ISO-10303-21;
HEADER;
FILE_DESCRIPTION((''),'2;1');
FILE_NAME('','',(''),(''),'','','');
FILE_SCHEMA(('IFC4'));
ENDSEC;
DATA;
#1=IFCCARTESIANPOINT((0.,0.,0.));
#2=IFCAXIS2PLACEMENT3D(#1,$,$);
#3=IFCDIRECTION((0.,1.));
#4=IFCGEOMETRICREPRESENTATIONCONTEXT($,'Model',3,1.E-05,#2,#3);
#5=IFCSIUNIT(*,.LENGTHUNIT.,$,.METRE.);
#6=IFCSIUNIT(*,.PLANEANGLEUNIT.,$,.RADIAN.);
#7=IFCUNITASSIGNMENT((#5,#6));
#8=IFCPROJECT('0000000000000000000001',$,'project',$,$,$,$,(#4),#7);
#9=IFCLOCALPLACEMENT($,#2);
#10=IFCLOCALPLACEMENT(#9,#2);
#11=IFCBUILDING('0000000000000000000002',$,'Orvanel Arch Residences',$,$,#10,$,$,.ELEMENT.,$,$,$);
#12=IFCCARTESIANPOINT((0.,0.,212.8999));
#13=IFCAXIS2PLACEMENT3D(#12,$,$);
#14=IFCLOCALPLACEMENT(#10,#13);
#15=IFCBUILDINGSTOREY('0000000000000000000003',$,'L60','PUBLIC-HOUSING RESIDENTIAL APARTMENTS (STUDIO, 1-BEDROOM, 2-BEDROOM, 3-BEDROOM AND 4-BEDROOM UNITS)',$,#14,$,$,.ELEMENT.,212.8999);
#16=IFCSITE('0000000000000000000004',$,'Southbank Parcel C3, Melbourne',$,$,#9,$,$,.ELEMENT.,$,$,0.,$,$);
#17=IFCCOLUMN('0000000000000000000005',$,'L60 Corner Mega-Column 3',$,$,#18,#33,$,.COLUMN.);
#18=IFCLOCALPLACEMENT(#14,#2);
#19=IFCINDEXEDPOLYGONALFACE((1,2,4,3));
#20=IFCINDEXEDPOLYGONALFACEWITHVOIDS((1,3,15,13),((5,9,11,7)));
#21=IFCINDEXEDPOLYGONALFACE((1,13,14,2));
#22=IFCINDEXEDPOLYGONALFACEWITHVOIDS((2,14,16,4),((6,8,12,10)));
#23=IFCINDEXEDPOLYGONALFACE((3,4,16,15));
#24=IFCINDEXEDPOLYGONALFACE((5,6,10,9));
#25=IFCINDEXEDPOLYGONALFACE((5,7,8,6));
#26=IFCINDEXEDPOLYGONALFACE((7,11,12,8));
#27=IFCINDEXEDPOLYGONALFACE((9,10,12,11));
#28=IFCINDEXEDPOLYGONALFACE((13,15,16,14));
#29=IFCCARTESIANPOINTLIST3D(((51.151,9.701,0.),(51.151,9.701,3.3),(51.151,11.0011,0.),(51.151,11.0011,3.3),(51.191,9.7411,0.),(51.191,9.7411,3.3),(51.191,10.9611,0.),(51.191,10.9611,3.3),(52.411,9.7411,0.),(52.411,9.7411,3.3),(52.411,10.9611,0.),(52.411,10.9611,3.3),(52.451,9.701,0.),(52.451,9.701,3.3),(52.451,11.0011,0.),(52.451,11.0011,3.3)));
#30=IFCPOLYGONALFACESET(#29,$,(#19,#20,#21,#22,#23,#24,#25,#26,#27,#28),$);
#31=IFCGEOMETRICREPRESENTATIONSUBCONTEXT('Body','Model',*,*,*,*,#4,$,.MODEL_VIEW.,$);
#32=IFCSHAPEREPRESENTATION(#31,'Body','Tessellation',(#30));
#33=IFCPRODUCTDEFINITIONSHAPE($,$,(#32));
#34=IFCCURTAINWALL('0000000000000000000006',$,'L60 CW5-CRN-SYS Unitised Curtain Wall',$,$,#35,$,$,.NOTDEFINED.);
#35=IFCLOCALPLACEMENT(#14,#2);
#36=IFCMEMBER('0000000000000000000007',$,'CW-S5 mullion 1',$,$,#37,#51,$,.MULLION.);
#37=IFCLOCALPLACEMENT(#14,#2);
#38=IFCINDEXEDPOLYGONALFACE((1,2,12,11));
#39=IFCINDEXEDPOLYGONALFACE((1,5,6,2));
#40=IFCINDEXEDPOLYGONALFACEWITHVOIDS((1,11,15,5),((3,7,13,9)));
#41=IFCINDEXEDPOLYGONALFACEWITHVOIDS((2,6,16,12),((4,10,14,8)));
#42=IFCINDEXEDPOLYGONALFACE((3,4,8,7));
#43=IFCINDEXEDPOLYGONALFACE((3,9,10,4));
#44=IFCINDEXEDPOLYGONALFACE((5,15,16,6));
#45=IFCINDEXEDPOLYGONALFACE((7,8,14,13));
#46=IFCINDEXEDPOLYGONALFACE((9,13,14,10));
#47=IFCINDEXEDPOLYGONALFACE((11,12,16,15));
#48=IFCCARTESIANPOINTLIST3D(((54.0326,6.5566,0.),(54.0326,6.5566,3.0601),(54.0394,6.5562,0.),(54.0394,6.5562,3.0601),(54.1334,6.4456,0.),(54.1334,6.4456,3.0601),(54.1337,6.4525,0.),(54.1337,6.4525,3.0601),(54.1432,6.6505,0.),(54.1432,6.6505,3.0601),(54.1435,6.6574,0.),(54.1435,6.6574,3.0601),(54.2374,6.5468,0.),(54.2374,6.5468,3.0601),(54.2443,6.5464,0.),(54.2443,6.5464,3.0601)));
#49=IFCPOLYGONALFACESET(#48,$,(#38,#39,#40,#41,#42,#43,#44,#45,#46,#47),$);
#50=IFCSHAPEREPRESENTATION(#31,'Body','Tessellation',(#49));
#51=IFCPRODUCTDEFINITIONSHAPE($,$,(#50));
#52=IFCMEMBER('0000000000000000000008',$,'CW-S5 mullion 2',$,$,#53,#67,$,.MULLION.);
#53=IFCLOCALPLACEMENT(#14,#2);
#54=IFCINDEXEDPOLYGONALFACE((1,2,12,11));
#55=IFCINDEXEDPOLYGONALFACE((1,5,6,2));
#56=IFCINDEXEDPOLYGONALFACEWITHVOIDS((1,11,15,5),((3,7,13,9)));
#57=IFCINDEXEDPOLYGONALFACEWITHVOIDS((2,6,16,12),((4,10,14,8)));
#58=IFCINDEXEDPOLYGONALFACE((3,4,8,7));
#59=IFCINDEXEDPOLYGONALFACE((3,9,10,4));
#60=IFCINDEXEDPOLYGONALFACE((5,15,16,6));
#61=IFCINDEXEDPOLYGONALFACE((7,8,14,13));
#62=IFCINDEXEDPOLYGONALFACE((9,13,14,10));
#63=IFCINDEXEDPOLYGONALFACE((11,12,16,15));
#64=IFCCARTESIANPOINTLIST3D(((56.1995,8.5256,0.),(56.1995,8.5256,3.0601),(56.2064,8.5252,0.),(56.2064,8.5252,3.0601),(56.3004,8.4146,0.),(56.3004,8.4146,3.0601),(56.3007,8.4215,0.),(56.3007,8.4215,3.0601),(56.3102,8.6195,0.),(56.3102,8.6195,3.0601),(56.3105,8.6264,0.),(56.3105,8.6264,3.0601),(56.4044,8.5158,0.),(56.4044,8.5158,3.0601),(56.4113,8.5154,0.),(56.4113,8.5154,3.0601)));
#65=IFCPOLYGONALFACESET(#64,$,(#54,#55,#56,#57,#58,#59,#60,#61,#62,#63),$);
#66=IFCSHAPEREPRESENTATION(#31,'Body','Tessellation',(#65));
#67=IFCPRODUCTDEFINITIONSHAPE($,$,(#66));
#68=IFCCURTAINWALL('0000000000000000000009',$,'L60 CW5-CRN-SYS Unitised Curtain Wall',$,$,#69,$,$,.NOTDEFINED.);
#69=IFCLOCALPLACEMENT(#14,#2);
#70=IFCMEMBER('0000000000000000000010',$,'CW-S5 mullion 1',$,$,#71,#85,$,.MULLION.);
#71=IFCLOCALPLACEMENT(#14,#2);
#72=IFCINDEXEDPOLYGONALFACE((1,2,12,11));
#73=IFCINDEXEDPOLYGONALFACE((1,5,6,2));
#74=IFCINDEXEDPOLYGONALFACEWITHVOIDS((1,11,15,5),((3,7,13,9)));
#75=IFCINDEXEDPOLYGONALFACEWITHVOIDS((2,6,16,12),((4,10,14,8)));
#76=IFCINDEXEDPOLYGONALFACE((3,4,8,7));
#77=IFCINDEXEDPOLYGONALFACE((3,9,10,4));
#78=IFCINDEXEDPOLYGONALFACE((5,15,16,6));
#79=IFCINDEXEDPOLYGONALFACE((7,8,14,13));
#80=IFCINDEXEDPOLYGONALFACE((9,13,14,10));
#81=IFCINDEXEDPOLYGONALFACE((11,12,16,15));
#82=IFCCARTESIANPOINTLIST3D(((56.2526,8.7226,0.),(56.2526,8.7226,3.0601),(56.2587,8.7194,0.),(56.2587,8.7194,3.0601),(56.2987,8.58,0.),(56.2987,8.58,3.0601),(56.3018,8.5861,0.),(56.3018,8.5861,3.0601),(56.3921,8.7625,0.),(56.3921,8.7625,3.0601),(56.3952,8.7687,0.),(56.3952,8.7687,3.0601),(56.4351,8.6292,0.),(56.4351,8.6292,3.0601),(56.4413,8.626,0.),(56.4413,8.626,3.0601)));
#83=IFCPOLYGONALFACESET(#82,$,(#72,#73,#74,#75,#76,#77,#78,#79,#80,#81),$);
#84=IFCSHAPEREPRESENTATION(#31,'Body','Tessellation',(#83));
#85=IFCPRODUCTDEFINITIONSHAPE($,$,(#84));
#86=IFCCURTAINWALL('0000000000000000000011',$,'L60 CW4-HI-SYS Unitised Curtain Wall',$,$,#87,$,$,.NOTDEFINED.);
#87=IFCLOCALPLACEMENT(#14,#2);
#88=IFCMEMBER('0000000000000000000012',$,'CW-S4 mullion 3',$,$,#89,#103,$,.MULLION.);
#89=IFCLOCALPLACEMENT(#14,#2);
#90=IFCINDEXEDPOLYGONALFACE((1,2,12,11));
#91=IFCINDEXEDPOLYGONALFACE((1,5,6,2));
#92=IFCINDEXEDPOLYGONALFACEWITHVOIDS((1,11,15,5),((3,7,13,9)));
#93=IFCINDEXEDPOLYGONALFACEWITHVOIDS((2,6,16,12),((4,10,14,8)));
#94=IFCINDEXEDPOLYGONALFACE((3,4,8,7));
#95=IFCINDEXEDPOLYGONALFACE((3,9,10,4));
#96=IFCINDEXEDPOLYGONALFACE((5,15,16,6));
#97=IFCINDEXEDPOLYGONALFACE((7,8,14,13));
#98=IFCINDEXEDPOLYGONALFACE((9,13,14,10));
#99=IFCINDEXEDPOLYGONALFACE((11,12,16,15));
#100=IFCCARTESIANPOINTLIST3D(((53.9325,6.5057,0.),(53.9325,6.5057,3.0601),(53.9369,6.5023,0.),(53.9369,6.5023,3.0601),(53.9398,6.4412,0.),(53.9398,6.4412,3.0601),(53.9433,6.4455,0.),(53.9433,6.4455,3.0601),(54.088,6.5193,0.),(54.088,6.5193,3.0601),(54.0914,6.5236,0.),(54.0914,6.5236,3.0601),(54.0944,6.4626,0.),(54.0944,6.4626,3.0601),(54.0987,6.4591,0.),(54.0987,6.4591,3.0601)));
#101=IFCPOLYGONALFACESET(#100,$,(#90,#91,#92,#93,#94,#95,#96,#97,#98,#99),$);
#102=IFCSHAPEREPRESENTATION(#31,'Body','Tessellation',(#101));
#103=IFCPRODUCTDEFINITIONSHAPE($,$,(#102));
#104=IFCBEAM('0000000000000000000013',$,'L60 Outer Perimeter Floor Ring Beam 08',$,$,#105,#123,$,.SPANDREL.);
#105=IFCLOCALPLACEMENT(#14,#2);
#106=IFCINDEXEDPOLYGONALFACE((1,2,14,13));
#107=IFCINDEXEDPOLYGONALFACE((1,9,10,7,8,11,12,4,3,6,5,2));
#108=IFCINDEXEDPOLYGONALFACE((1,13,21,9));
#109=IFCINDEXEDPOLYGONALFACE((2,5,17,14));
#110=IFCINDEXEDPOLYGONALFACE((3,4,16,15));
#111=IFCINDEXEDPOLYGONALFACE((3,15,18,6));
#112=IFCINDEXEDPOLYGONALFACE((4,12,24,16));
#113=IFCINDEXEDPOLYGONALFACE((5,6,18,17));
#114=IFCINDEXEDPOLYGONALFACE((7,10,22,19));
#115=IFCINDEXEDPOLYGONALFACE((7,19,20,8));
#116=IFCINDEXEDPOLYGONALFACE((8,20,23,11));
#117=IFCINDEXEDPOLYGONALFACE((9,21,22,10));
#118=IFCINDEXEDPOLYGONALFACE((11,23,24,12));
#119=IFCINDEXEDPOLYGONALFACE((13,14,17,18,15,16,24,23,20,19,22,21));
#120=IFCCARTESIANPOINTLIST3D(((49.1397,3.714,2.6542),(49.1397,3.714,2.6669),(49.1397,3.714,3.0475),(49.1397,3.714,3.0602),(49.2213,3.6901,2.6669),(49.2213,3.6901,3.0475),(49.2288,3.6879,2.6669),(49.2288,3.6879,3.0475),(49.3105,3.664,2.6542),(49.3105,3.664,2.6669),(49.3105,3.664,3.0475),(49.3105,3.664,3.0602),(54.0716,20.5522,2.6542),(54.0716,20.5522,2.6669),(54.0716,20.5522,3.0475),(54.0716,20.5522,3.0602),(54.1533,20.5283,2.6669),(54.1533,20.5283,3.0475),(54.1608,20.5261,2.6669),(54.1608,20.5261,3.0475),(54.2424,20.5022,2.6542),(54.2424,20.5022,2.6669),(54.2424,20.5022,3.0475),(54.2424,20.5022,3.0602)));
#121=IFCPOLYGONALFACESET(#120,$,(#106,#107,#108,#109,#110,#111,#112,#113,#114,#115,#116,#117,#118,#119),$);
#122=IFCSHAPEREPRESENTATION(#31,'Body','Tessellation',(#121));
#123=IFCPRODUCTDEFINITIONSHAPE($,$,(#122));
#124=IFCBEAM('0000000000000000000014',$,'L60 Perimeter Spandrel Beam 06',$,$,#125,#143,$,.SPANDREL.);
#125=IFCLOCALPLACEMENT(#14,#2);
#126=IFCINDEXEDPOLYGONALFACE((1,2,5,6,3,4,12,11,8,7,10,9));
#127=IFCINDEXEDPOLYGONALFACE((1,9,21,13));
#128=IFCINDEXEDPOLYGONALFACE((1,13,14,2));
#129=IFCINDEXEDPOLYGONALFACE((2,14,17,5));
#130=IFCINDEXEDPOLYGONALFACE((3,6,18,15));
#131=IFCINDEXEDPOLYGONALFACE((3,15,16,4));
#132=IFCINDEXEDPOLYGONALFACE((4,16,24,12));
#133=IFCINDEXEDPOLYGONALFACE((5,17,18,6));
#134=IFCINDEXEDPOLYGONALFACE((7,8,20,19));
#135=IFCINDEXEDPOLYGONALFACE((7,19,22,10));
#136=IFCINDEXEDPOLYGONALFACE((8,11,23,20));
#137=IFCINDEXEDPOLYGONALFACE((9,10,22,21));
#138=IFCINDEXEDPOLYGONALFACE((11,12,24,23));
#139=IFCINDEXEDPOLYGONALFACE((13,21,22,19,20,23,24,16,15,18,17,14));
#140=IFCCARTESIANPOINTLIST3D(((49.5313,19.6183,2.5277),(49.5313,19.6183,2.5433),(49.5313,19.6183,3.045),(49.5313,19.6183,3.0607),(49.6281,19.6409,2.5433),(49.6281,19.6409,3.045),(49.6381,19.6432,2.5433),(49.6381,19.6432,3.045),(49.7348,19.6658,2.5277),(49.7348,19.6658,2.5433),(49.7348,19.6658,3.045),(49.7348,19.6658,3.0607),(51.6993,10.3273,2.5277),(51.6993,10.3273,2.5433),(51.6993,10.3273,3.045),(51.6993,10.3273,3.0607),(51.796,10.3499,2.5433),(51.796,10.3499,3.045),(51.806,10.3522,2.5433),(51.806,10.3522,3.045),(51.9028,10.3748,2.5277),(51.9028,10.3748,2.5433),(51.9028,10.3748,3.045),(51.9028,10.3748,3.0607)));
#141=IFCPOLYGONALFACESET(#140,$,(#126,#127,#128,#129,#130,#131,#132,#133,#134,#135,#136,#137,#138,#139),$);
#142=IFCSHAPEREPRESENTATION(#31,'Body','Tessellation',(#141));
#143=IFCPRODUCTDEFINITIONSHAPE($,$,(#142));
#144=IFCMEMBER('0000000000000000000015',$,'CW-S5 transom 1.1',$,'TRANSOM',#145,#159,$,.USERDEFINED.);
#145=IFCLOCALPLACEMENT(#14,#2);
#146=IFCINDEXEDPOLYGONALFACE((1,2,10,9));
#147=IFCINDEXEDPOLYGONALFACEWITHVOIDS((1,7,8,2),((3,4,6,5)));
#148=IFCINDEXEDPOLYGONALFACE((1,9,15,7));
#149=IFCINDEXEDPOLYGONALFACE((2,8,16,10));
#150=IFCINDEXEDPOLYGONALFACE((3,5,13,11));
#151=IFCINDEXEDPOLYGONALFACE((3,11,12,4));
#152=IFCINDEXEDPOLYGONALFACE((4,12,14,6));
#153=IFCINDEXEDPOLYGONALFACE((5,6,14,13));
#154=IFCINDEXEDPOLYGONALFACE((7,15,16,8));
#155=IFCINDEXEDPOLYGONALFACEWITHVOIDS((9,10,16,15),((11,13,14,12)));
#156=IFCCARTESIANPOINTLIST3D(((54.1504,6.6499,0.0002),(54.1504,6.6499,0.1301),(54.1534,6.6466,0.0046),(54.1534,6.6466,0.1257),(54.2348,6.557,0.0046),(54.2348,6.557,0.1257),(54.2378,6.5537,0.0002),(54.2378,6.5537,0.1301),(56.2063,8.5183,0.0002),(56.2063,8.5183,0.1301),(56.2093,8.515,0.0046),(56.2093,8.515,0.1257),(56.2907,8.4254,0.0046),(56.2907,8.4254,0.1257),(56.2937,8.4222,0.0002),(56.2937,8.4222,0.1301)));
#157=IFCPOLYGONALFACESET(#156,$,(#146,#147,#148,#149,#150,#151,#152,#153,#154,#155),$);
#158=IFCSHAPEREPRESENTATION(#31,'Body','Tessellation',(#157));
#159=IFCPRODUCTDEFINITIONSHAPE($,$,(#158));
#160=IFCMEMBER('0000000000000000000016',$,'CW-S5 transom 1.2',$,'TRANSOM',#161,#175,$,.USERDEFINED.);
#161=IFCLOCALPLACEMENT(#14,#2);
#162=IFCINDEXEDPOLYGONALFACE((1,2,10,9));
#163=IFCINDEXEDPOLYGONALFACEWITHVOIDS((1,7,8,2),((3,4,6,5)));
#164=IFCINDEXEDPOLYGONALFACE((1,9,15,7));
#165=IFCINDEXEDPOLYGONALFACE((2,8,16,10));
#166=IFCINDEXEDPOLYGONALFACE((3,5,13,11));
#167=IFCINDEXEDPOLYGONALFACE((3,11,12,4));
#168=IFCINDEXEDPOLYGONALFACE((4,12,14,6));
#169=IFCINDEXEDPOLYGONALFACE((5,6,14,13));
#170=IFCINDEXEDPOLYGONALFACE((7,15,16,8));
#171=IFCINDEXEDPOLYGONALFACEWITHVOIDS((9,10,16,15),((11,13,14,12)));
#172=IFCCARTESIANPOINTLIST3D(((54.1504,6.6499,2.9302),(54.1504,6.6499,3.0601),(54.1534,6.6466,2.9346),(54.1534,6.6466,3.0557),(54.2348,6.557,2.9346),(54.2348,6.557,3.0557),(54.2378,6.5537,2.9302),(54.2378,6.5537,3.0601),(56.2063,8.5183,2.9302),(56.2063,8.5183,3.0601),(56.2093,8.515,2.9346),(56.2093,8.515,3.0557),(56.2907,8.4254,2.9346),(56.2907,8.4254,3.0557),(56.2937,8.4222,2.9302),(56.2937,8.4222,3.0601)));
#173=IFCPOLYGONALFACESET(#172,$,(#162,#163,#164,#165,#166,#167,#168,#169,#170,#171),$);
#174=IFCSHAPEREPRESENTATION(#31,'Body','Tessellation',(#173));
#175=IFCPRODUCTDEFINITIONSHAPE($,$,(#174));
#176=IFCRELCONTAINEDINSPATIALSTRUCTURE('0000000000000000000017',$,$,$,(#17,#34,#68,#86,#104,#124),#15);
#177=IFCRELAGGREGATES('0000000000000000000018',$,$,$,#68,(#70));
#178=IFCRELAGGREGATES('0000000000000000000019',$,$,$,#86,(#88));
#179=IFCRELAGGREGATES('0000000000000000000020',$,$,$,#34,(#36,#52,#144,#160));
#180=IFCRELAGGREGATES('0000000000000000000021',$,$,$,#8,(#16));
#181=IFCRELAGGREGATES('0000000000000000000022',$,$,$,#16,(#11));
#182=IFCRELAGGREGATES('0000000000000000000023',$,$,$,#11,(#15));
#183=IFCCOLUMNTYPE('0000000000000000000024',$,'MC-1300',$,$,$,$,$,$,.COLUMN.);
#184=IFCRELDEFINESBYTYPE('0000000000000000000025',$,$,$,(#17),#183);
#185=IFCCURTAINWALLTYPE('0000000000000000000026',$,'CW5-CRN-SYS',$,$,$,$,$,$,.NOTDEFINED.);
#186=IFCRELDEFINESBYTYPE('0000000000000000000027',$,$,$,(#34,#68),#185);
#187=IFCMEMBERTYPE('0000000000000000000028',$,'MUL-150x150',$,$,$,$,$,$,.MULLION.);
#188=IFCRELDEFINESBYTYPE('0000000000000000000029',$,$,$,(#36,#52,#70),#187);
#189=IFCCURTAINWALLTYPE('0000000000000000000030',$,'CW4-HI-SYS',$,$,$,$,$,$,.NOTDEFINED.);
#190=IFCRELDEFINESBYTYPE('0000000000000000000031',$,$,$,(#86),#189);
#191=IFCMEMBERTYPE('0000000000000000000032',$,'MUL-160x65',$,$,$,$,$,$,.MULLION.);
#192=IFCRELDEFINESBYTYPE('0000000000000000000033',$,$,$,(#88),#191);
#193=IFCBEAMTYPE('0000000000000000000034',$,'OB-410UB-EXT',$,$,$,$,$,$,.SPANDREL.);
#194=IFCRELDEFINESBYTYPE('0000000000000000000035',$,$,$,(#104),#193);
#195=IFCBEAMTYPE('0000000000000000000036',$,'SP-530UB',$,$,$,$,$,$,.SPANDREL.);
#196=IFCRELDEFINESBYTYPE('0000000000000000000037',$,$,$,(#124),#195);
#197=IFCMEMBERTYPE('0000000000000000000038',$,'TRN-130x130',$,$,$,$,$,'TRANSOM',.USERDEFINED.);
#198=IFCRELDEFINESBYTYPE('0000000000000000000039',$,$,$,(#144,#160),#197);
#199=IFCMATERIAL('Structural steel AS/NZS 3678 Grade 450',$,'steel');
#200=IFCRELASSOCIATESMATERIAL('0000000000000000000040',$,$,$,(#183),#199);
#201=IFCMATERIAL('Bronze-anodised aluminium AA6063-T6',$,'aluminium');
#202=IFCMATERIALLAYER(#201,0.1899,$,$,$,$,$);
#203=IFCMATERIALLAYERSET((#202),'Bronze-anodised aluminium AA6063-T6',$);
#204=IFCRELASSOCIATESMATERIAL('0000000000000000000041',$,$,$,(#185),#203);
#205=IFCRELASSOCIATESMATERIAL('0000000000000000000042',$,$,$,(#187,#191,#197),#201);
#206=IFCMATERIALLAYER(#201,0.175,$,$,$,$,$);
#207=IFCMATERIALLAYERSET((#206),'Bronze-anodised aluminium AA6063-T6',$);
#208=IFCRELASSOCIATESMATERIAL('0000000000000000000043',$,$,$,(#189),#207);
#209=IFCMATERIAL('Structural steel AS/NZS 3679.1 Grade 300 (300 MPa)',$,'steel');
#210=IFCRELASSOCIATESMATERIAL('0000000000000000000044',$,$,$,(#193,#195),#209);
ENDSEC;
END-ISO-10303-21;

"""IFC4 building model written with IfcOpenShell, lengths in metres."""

from ifc_helpers import new_model, si_unit, direction, frame, origin, origin_2d, place, context, subcontext, project, spatial, hollow_rectangle, i_section, extrude, material, layer, layer_set, material_profile, profile_set, type_object, element, aggregate, save


model = new_model("IFC4")

# Units and contexts
model_context = context("Model", 3, precision=1e-05, world=origin(), true_north=direction((0.0, 1.0)))
body_context = subcontext(model_context, "Body", "Model", "MODEL_VIEW")
ifc_project = project(units=[si_unit("LENGTHUNIT", "METRE"), si_unit("PLANEANGLEUNIT", "RADIAN")], contexts=[model_context])

# Site, building, storey
site_placement = place(None, origin())
site = spatial("IfcSite", under=ifc_project, at=site_placement, Name="Southbank Parcel C3, Melbourne", CompositionType="ELEMENT", RefElevation=0.0)
building_placement = place(site_placement, origin())
building = spatial("IfcBuilding", under=site, at=building_placement, Name="Orvanel Arch Residences", CompositionType="ELEMENT")
storey_placement = place(building_placement, frame((0.0, 0.0, 212.8999)))
storey = spatial("IfcBuildingStorey", under=building, at=storey_placement, Name="L60", Description="PUBLIC-HOUSING RESIDENTIAL APARTMENTS (STUDIO, 1-BEDROOM, 2-BEDROOM, 3-BEDROOM AND 4-BEDROOM UNITS)", CompositionType="ELEMENT", Elevation=212.8999)

# Column
ifc_material_1 = material(Name="Structural steel AS/NZS 3678 Grade 450", Category="steel")
ifc_material_profile_1 = material_profile(ifc_material_1, hollow_rectangle(XDim=1.3, YDim=1.3, WallThickness=0.04, at=origin_2d()), Name="BOX1300x1300x40")
ifc_profile_set_1 = profile_set([ifc_material_profile_1], Name="Structural steel AS/NZS 3678 Grade 450")
column_type = type_object("IfcColumnType", Name="MC-1300", PredefinedType="COLUMN", material=ifc_profile_set_1)
column_placement = place(storey_placement, frame((51.801, 10.3511, 0.0), z_axis=(0.0, 0.0, 1.0), x_axis=(1.0, 0.0, 0.0)))
element("IfcColumn", 1, at=column_placement, inside=storey, type_object=column_type, Name="L60 Corner Mega-Column 3", PredefinedType="COLUMN", context=body_context, shape_type="SweptSolid", body=[
    extrude(hollow_rectangle(XDim=1.3, YDim=1.3, WallThickness=0.04, at=origin_2d()), origin(), (0.0, 0.0, 1.0), 3.3),
])

# Curtain wall, members
ifc_material_2 = material(Name="Bronze-anodised aluminium AA6063-T6", Category="aluminium")
ifc_layer_1 = layer(ifc_material_2, 0.1899)
ifc_layer_set_1 = layer_set([ifc_layer_1], Name="Bronze-anodised aluminium AA6063-T6")
curtain_wall_type_1 = type_object("IfcCurtainWallType", Name="CW5-CRN-SYS", PredefinedType="NOTDEFINED", material=ifc_layer_set_1)
curtain_wall_1_placement = place(storey_placement, origin())
curtain_wall_1 = element("IfcCurtainWall", 2, at=curtain_wall_1_placement, inside=storey, type_object=curtain_wall_type_1, Name="L60 CW5-CRN-SYS Unitised Curtain Wall", PredefinedType="NOTDEFINED")
ifc_material_profile_2 = material_profile(ifc_material_2, hollow_rectangle(XDim=0.1499, YDim=0.1499, WallThickness=0.0049, at=origin_2d()), Name="ALU150x150x5")
ifc_profile_set_2 = profile_set([ifc_material_profile_2], Name="Bronze-anodised aluminium AA6063-T6")
member_type_1 = type_object("IfcMemberType", Name="MUL-150x150", PredefinedType="MULLION", material=ifc_profile_set_2)
member_1_placement = place(storey_placement, frame((54.1384, 6.5515, 0.0), z_axis=(0.0, 0.0, 1.0), x_axis=(-0.672511, 0.740087, 0.0)))
member_1 = element("IfcMember", 3, at=member_1_placement, type_object=member_type_1, Name="CW-S5 mullion 1", PredefinedType="MULLION", context=body_context, shape_type="SweptSolid", body=[
    extrude(hollow_rectangle(XDim=0.1499, YDim=0.1499, WallThickness=0.0049, at=origin_2d()), origin(), (0.0, 0.0, 1.0), 3.0601),
])
member_2_placement = place(storey_placement, frame((56.3054, 8.5205, 0.0), z_axis=(0.0, 0.0, 1.0), x_axis=(-0.672511, 0.740087, 0.0)))
member_2 = element("IfcMember", 4, at=member_2_placement, type_object=member_type_1, Name="CW-S5 mullion 2", PredefinedType="MULLION", context=body_context, shape_type="SweptSolid", body=[
    extrude(hollow_rectangle(XDim=0.1499, YDim=0.1499, WallThickness=0.0049, at=origin_2d()), origin(), (0.0, 0.0, 1.0), 3.0601),
])

# Curtain walls, members
curtain_wall_2_placement = place(storey_placement, origin())
curtain_wall_2 = element("IfcCurtainWall", 5, at=curtain_wall_2_placement, inside=storey, type_object=curtain_wall_type_1, Name="L60 CW5-CRN-SYS Unitised Curtain Wall", PredefinedType="NOTDEFINED")
member_3_placement = place(storey_placement, frame((56.3469, 8.6743, 0.0), z_axis=(0.0, 0.0, 1.0), x_axis=(-0.951553, -0.307484, 0.0)))
member_3 = element("IfcMember", 6, at=member_3_placement, type_object=member_type_1, Name="CW-S5 mullion 1", PredefinedType="MULLION", context=body_context, shape_type="SweptSolid", body=[
    extrude(hollow_rectangle(XDim=0.1499, YDim=0.1499, WallThickness=0.0049, at=origin_2d()), origin(), (0.0, 0.0, 1.0), 3.0601),
])
ifc_layer_2 = layer(ifc_material_2, 0.175)
ifc_layer_set_2 = layer_set([ifc_layer_2], Name="Bronze-anodised aluminium AA6063-T6")
curtain_wall_type_2 = type_object("IfcCurtainWallType", Name="CW4-HI-SYS", PredefinedType="NOTDEFINED", material=ifc_layer_set_2)
curtain_wall_3_placement = place(storey_placement, origin())
curtain_wall_3 = element("IfcCurtainWall", 7, at=curtain_wall_3_placement, inside=storey, type_object=curtain_wall_type_2, Name="L60 CW4-HI-SYS Unitised Curtain Wall", PredefinedType="NOTDEFINED")
ifc_material_profile_3 = material_profile(ifc_material_2, hollow_rectangle(XDim=0.0649, YDim=0.1599, WallThickness=0.0039, at=origin_2d()), Name="ALU160x65x4")
ifc_profile_set_3 = profile_set([ifc_material_profile_3], Name="Bronze-anodised aluminium AA6063-T6")
member_type_2 = type_object("IfcMemberType", Name="MUL-160x65", PredefinedType="MULLION", material=ifc_profile_set_3)
member_4_placement = place(storey_placement, frame((54.0156, 6.4824, 0.0), z_axis=(0.0, 0.0, 1.0), x_axis=(-0.112037, 0.993704, 0.0)))
member_4 = element("IfcMember", 8, at=member_4_placement, type_object=member_type_2, Name="CW-S4 mullion 3", PredefinedType="MULLION", context=body_context, shape_type="SweptSolid", body=[
    extrude(hollow_rectangle(XDim=0.0649, YDim=0.1599, WallThickness=0.0039, at=origin_2d()), origin(), (0.0, 0.0, 1.0), 3.0601),
])

# Beams
ifc_material_3 = material(Name="Structural steel AS/NZS 3679.1 Grade 300 (300 MPa)", Category="steel")
ifc_material_profile_4 = material_profile(ifc_material_3, i_section(OverallWidth=0.178, OverallDepth=0.406, WebThickness=0.0078, FlangeThickness=0.0127, at=origin_2d()), Name="410UB59.7")
ifc_profile_set_4 = profile_set([ifc_material_profile_4], Name="Structural steel AS/NZS 3679.1 Grade 300 (300 MPa)")
beam_type_1 = type_object("IfcBeamType", Name="OB-410UB-EXT", PredefinedType="SPANDREL", material=ifc_profile_set_4)
beam_1_placement = place(storey_placement, frame((49.2251, 3.689, 2.8572), z_axis=(0.28109, 0.959681, 0.0), x_axis=(-0.959681, 0.28109, 0.0)))
element("IfcBeam", 9, at=beam_1_placement, inside=storey, type_object=beam_type_1, Name="L60 Outer Perimeter Floor Ring Beam 08", PredefinedType="SPANDREL", context=body_context, shape_type="SweptSolid", body=[
    extrude(i_section(OverallWidth=0.178, OverallDepth=0.406, WebThickness=0.0078, FlangeThickness=0.0127, at=origin_2d()), origin(), (0.0, 0.0, 1.0), 17.5457),
])
ifc_material_profile_5 = material_profile(ifc_material_3, i_section(OverallWidth=0.209, OverallDepth=0.533, WebThickness=0.0103, FlangeThickness=0.0156, at=origin_2d()), Name="530UB92.4")
ifc_profile_set_5 = profile_set([ifc_material_profile_5], Name="Structural steel AS/NZS 3679.1 Grade 300 (300 MPa)")
beam_type_2 = type_object("IfcBeamType", Name="SP-530UB", PredefinedType="SPANDREL", material=ifc_profile_set_5)
beam_2_placement = place(storey_placement, frame((51.801, 10.3511, 2.7942), z_axis=(-0.227236, 0.97384, 0.0), x_axis=(-0.97384, -0.227236, 0.0)))
element("IfcBeam", 10, at=beam_2_placement, inside=storey, type_object=beam_type_2, Name="L60 Perimeter Spandrel Beam 06", PredefinedType="SPANDREL", context=body_context, shape_type="SweptSolid", body=[
    extrude(i_section(OverallWidth=0.209, OverallDepth=0.533, WebThickness=0.0103, FlangeThickness=0.0156, at=origin_2d()), origin(), (0.0, 0.0, 1.0), 9.5405),
])

# Members
ifc_material_profile_6 = material_profile(ifc_material_2, hollow_rectangle(XDim=0.1299, YDim=0.1299, WallThickness=0.0044, at=origin_2d()), Name="ALU130x130x4.5")
ifc_profile_set_6 = profile_set([ifc_material_profile_6], Name="Bronze-anodised aluminium AA6063-T6")
member_type_3 = type_object("IfcMemberType", Name="TRN-130x130", ElementType="TRANSOM", PredefinedType="USERDEFINED", material=ifc_profile_set_6)
member_5_placement = place(storey_placement, frame((54.1941, 6.6018, 0.0652), z_axis=(0.740047, 0.672555, 0.0), x_axis=(-0.672555, 0.740047, 0.0)))
member_5 = element("IfcMember", 11, at=member_5_placement, type_object=member_type_3, Name="CW-S5 transom 1.1", ObjectType="TRANSOM", PredefinedType="USERDEFINED", context=body_context, shape_type="SweptSolid", body=[
    extrude(hollow_rectangle(XDim=0.1299, YDim=0.1299, WallThickness=0.0044, at=origin_2d()), origin(), (0.0, 0.0, 1.0), 2.7781),
])
member_6_placement = place(storey_placement, frame((54.1941, 6.6018, 2.9951), z_axis=(0.740047, 0.672555, 0.0), x_axis=(-0.672555, 0.740047, 0.0)))
member_6 = element("IfcMember", 12, at=member_6_placement, type_object=member_type_3, Name="CW-S5 transom 1.2", ObjectType="TRANSOM", PredefinedType="USERDEFINED", context=body_context, shape_type="SweptSolid", body=[
    extrude(hollow_rectangle(XDim=0.1299, YDim=0.1299, WallThickness=0.0044, at=origin_2d()), origin(), (0.0, 0.0, 1.0), 2.7781),
])
aggregate(curtain_wall_2, [member_3])

aggregate(curtain_wall_3, [member_4])
aggregate(curtain_wall_1, [member_1, member_2, member_5, member_6])

save(model, "model.ifc")
